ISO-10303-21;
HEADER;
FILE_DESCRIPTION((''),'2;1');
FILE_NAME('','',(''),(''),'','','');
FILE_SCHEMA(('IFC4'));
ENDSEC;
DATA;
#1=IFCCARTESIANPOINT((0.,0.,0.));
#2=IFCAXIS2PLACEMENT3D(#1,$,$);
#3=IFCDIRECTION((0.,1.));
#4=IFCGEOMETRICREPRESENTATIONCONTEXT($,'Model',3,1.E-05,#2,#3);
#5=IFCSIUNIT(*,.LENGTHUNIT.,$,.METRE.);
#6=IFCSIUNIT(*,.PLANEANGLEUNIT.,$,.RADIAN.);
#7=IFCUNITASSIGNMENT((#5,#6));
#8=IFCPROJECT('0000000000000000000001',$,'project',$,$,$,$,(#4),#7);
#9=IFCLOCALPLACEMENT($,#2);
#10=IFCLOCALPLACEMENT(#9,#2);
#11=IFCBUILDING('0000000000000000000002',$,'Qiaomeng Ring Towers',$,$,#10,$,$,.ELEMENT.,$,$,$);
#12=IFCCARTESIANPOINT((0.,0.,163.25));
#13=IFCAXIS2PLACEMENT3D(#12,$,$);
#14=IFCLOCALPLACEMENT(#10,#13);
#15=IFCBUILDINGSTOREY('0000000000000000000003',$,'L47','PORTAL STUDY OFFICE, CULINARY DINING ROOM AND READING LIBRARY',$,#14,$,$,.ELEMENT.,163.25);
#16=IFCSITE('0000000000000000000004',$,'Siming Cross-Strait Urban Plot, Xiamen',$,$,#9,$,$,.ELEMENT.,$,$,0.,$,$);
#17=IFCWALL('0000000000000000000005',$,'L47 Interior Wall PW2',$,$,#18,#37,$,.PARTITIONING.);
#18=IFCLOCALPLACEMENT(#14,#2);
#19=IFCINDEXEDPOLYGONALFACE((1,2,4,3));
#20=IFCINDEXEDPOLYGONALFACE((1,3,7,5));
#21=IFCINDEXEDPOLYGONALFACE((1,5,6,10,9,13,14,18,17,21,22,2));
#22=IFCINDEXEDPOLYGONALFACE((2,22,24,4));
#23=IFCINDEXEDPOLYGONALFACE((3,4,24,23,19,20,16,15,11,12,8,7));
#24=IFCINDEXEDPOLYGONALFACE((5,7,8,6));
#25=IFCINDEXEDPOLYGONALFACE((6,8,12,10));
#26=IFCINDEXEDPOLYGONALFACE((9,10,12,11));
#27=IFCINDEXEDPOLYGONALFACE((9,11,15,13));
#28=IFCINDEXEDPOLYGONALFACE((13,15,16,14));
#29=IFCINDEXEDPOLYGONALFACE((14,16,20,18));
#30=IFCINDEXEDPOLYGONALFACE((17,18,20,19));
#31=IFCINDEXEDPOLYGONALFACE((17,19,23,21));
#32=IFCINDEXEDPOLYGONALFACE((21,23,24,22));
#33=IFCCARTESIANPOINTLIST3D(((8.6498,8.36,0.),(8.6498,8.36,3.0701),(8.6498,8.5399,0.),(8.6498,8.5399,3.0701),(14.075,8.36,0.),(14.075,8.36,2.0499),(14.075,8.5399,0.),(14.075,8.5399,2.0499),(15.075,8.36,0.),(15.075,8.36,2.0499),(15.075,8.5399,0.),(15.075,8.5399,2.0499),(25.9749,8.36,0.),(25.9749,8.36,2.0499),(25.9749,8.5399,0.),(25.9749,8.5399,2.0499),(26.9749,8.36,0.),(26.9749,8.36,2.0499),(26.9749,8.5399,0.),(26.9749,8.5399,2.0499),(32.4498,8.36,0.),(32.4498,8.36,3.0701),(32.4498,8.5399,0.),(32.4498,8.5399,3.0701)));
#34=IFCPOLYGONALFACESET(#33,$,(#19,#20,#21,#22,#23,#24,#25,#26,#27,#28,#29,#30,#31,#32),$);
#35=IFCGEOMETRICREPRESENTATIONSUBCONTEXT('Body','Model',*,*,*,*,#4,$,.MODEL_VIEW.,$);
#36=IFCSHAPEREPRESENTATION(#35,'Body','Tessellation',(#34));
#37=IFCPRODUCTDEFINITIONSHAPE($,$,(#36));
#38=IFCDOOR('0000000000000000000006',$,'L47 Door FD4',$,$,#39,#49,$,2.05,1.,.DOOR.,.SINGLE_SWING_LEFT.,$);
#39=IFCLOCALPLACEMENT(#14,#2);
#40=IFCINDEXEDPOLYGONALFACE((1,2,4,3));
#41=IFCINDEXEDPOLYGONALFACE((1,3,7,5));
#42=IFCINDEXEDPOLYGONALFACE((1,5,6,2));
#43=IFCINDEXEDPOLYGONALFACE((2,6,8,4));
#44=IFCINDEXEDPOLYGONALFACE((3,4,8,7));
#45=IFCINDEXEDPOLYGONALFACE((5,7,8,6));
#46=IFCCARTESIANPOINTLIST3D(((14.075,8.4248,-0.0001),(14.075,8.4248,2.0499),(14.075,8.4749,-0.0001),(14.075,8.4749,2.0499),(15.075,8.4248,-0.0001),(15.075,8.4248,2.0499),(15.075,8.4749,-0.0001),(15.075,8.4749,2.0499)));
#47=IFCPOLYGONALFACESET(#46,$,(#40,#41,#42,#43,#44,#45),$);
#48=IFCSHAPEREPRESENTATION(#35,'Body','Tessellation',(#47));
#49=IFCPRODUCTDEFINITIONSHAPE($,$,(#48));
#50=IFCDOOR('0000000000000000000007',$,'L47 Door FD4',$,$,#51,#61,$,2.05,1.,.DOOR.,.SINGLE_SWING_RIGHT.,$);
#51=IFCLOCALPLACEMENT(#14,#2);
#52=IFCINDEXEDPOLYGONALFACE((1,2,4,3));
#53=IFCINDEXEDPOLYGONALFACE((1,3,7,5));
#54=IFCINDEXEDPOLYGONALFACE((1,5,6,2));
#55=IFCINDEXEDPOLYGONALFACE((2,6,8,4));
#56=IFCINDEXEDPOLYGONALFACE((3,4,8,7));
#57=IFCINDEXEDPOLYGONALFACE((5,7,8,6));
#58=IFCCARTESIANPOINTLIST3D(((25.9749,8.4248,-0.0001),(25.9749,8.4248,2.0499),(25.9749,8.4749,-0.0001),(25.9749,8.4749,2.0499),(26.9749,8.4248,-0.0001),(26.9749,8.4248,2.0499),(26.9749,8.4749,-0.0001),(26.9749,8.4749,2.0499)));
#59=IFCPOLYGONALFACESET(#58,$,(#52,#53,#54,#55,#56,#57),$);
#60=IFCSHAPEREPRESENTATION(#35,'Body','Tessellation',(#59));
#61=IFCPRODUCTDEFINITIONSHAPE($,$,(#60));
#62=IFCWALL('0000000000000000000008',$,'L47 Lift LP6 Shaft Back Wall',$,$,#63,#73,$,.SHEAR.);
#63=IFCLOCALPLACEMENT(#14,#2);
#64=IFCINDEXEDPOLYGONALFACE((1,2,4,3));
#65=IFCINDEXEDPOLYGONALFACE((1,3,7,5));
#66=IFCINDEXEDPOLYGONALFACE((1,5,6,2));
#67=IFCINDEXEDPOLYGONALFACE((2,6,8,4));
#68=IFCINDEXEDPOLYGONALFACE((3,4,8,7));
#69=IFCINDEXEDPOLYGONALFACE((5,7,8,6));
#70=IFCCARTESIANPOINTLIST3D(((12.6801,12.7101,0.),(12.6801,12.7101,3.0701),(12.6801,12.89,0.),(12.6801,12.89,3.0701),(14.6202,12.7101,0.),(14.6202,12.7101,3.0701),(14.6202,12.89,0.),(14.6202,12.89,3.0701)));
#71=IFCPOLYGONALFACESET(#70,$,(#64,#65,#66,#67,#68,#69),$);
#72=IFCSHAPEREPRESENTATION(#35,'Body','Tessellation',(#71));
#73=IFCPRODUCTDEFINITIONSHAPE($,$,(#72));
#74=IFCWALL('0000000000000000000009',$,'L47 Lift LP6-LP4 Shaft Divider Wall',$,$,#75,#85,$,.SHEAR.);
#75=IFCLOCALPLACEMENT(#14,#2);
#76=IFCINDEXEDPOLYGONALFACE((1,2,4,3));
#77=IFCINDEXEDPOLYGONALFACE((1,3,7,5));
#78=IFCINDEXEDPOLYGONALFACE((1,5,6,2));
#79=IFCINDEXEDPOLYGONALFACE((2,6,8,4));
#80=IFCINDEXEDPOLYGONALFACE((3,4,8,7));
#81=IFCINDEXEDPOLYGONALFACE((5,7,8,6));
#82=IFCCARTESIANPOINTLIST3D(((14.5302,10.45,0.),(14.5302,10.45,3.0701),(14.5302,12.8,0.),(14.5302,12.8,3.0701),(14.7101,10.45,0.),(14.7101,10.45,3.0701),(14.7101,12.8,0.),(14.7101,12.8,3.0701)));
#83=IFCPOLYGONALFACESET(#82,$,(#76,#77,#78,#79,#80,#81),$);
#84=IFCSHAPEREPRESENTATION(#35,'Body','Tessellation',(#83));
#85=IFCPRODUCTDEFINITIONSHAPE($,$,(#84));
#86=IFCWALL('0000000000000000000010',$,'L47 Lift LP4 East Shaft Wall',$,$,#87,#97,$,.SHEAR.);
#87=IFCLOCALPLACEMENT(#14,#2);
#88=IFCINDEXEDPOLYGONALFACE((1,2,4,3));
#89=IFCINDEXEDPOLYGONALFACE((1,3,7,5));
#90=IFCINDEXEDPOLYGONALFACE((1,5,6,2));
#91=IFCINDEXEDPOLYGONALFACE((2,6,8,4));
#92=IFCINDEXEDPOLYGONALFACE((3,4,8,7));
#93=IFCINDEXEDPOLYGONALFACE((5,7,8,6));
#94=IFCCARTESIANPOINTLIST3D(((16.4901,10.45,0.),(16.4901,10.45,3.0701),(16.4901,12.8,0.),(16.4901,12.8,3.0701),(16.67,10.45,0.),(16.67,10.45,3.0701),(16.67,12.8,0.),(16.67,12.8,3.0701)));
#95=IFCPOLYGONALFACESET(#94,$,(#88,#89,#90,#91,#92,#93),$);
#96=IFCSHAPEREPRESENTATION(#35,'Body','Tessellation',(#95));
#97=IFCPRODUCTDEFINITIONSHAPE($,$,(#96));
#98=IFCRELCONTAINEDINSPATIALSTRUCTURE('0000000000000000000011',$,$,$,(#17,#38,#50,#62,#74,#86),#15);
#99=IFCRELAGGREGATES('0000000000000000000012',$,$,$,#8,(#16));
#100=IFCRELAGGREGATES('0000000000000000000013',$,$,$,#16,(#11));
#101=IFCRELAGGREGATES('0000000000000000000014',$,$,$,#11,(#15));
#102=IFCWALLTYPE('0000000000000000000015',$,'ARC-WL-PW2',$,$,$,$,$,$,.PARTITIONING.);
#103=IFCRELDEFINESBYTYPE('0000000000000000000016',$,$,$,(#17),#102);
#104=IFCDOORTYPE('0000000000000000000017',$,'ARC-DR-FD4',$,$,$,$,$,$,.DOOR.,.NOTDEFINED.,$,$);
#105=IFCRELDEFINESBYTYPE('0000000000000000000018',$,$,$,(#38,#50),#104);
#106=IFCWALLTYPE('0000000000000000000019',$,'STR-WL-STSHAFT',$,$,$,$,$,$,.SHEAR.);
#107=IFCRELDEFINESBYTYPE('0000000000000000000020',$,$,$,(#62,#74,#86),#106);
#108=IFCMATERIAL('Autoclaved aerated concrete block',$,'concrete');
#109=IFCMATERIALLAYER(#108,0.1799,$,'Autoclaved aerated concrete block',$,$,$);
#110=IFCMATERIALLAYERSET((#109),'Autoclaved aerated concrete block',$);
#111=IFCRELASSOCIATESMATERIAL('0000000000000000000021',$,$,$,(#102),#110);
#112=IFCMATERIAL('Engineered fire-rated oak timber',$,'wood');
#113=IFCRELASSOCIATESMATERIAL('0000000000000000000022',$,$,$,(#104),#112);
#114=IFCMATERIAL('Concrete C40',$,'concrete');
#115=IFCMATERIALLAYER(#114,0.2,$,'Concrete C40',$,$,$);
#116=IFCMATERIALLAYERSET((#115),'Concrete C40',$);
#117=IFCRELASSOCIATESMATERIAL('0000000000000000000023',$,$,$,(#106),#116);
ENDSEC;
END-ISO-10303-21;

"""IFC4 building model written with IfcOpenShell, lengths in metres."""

from ifc_helpers import new_model, si_unit, direction, frame, frame_2d, origin, place, context, subcontext, project, spatial, rectangle, extrude, source, transform, mapped, material, layer, layer_set, type_object, element, fill, save


model = new_model("IFC4")

# Units and contexts
model_context = context("Model", 3, precision=1e-05, world=origin(), true_north=direction((0.0, 1.0)))
body_context = subcontext(model_context, "Body", "Model", "MODEL_VIEW")
ifc_project = project(units=[si_unit("LENGTHUNIT", "METRE"), si_unit("PLANEANGLEUNIT", "RADIAN")], contexts=[model_context])

# Site, building, storey
site_placement = place(None, origin())
site = spatial("IfcSite", under=ifc_project, at=site_placement, Name="Siming Cross-Strait Urban Plot, Xiamen", CompositionType="ELEMENT", RefElevation=0.0)
building_placement = place(site_placement, origin())
building = spatial("IfcBuilding", under=site, at=building_placement, Name="Qiaomeng Ring Towers", CompositionType="ELEMENT")
storey_placement = place(building_placement, frame((0.0, 0.0, 163.25)))
storey = spatial("IfcBuildingStorey", under=building, at=storey_placement, Name="L47", Description="PORTAL STUDY OFFICE, CULINARY DINING ROOM AND READING LIBRARY", CompositionType="ELEMENT", Elevation=163.25)

# Shared definitions
ifc_material_1 = material(Name="Autoclaved aerated concrete block", Category="concrete")

# Wall, openings, doors
ifc_layer_1 = layer(ifc_material_1, 0.1799, Name="Autoclaved aerated concrete block")
ifc_layer_set_1 = layer_set([ifc_layer_1], Name="Autoclaved aerated concrete block")
wall_type_1 = type_object("IfcWallType", Name="ARC-WL-PW2", PredefinedType="PARTITIONING", material=ifc_layer_set_1)
ifc_material_2 = material(Name="Engineered fire-rated oak timber", Category="wood")
door_type_1 = type_object("IfcDoorType", Name="ARC-DR-FD4", OperationType="NOTDEFINED", PredefinedType="DOOR", material=ifc_material_2)
shared_shape_1 = source(origin(), body_context, "Body", "SweptSolid", [
    extrude(rectangle(XDim=1.0, YDim=2.05, at=frame_2d((0.5, 1.0249))), frame((0.0, 0.0249, 0.0), z_axis=(0.0, -1.0, 0.0), x_axis=(1.0, 0.0, 0.0)), (0.0, 0.0, 1.0), 0.05),
])
wall_1_placement = place(storey_placement, frame((8.6499, 8.45, 0.0), z_axis=(0.0, 0.0, 1.0), x_axis=(1.0, 0.0, 0.0)))
wall_1 = element("IfcWall", 1, at=wall_1_placement, inside=storey, type_object=wall_type_1, Name="L47 Interior Wall PW2", PredefinedType="PARTITIONING", context=body_context, shape_type="SweptSolid", body=[
    extrude(rectangle(XDim=23.8, YDim=0.1799, at=frame_2d((11.8999, 0.0))), origin(), (0.0, 0.0, 1.0), 3.0701),
])
opening_1_placement = place(wall_1_placement, frame((5.425, 0.0, 0.0)))
opening_1 = element("IfcOpeningElement", 2, at=opening_1_placement, cuts=wall_1, PredefinedType="OPENING", context=body_context, shape_type="SweptSolid", body=[
    extrude(rectangle(XDim=1.0, YDim=2.05, at=frame_2d((0.5, 1.0249))), frame((0.0, 0.0999, 0.0), z_axis=(0.0, -1.0, 0.0), x_axis=(1.0, 0.0, 0.0)), (0.0, 0.0, 1.0), 0.2),
])
opening_2_placement = place(wall_1_placement, frame((17.325, 0.0, 0.0)))
opening_2 = element("IfcOpeningElement", 3, at=opening_2_placement, cuts=wall_1, PredefinedType="OPENING", context=body_context, shape_type="SweptSolid", body=[
    extrude(rectangle(XDim=1.0, YDim=2.05, at=frame_2d((0.5, 1.0249))), frame((0.0, 0.0999, 0.0), z_axis=(0.0, -1.0, 0.0), x_axis=(1.0, 0.0, 0.0)), (0.0, 0.0, 1.0), 0.2),
])
door_1_placement = place(opening_1_placement, origin())
door_1 = element("IfcDoor", 4, at=door_1_placement, inside=storey, type_object=door_type_1, Name="L47 Door FD4", OperationType="SINGLE_SWING_LEFT", OverallHeight=2.05, OverallWidth=1.0, PredefinedType="DOOR", context=body_context, shape_type="MappedRepresentation", body=[
    mapped(shared_shape_1, transform((0.0, 0.0, 0.0), x_axis=(1.0, 0.0, 0.0), y_axis=(0.0, 1.0, 0.0), z_axis=(0.0, 0.0, 1.0), scale=1.0)),
])
fill(opening_1, door_1)
door_2_placement = place(opening_2_placement, origin())
door_2 = element("IfcDoor", 5, at=door_2_placement, inside=storey, type_object=door_type_1, Name="L47 Door FD4", OperationType="SINGLE_SWING_RIGHT", OverallHeight=2.05, OverallWidth=1.0, PredefinedType="DOOR", context=body_context, shape_type="MappedRepresentation", body=[
    mapped(shared_shape_1, transform((0.0, 0.0, 0.0), x_axis=(1.0, 0.0, 0.0), y_axis=(0.0, 1.0, 0.0), z_axis=(0.0, 0.0, 1.0), scale=1.0)),
])
fill(opening_2, door_2)

# Walls
ifc_material_3 = material(Name="Concrete C40", Category="concrete")
ifc_layer_2 = layer(ifc_material_3, 0.2, Name="Concrete C40")
ifc_layer_set_2 = layer_set([ifc_layer_2], Name="Concrete C40")
wall_type_2 = type_object("IfcWallType", Name="STR-WL-STSHAFT", PredefinedType="SHEAR", material=ifc_layer_set_2)
wall_2_placement = place(storey_placement, frame((12.6799, 12.8, 0.0), z_axis=(0.0, 0.0, 1.0), x_axis=(1.0, 0.0, 0.0)))
element("IfcWall", 6, at=wall_2_placement, inside=storey, type_object=wall_type_2, Name="L47 Lift LP6 Shaft Back Wall", PredefinedType="SHEAR", context=body_context, shape_type="SweptSolid", body=[
    extrude(rectangle(XDim=1.9402, YDim=0.1799, at=frame_2d((0.9702, 0.0))), origin(), (0.0, 0.0, 1.0), 3.0701),
])
for number, where, z_axis, x_axis, name in (
    (7, (14.6201, 10.45, 0.0), (0.0, 0.0, 1.0), (0.0, 1.0, 0.0), "L47 Lift LP6-LP4 Shaft Divider Wall"),
    (8, (16.5801, 10.45, 0.0), (0.0, 0.0, 1.0), (0.0, 1.0, 0.0), "L47 Lift LP4 East Shaft Wall"),
):
    element("IfcWall", number, at=place(storey_placement, frame(where, z_axis=z_axis, x_axis=x_axis)), inside=storey, type_object=wall_type_2, Name=name, PredefinedType="SHEAR", context=body_context, shape_type="SweptSolid", body=[
        extrude(rectangle(XDim=2.3501, YDim=0.1799, at=frame_2d((1.175, 0.0))), origin(), (0.0, 0.0, 1.0), 3.0701),
    ])

save(model, "model.ifc")
